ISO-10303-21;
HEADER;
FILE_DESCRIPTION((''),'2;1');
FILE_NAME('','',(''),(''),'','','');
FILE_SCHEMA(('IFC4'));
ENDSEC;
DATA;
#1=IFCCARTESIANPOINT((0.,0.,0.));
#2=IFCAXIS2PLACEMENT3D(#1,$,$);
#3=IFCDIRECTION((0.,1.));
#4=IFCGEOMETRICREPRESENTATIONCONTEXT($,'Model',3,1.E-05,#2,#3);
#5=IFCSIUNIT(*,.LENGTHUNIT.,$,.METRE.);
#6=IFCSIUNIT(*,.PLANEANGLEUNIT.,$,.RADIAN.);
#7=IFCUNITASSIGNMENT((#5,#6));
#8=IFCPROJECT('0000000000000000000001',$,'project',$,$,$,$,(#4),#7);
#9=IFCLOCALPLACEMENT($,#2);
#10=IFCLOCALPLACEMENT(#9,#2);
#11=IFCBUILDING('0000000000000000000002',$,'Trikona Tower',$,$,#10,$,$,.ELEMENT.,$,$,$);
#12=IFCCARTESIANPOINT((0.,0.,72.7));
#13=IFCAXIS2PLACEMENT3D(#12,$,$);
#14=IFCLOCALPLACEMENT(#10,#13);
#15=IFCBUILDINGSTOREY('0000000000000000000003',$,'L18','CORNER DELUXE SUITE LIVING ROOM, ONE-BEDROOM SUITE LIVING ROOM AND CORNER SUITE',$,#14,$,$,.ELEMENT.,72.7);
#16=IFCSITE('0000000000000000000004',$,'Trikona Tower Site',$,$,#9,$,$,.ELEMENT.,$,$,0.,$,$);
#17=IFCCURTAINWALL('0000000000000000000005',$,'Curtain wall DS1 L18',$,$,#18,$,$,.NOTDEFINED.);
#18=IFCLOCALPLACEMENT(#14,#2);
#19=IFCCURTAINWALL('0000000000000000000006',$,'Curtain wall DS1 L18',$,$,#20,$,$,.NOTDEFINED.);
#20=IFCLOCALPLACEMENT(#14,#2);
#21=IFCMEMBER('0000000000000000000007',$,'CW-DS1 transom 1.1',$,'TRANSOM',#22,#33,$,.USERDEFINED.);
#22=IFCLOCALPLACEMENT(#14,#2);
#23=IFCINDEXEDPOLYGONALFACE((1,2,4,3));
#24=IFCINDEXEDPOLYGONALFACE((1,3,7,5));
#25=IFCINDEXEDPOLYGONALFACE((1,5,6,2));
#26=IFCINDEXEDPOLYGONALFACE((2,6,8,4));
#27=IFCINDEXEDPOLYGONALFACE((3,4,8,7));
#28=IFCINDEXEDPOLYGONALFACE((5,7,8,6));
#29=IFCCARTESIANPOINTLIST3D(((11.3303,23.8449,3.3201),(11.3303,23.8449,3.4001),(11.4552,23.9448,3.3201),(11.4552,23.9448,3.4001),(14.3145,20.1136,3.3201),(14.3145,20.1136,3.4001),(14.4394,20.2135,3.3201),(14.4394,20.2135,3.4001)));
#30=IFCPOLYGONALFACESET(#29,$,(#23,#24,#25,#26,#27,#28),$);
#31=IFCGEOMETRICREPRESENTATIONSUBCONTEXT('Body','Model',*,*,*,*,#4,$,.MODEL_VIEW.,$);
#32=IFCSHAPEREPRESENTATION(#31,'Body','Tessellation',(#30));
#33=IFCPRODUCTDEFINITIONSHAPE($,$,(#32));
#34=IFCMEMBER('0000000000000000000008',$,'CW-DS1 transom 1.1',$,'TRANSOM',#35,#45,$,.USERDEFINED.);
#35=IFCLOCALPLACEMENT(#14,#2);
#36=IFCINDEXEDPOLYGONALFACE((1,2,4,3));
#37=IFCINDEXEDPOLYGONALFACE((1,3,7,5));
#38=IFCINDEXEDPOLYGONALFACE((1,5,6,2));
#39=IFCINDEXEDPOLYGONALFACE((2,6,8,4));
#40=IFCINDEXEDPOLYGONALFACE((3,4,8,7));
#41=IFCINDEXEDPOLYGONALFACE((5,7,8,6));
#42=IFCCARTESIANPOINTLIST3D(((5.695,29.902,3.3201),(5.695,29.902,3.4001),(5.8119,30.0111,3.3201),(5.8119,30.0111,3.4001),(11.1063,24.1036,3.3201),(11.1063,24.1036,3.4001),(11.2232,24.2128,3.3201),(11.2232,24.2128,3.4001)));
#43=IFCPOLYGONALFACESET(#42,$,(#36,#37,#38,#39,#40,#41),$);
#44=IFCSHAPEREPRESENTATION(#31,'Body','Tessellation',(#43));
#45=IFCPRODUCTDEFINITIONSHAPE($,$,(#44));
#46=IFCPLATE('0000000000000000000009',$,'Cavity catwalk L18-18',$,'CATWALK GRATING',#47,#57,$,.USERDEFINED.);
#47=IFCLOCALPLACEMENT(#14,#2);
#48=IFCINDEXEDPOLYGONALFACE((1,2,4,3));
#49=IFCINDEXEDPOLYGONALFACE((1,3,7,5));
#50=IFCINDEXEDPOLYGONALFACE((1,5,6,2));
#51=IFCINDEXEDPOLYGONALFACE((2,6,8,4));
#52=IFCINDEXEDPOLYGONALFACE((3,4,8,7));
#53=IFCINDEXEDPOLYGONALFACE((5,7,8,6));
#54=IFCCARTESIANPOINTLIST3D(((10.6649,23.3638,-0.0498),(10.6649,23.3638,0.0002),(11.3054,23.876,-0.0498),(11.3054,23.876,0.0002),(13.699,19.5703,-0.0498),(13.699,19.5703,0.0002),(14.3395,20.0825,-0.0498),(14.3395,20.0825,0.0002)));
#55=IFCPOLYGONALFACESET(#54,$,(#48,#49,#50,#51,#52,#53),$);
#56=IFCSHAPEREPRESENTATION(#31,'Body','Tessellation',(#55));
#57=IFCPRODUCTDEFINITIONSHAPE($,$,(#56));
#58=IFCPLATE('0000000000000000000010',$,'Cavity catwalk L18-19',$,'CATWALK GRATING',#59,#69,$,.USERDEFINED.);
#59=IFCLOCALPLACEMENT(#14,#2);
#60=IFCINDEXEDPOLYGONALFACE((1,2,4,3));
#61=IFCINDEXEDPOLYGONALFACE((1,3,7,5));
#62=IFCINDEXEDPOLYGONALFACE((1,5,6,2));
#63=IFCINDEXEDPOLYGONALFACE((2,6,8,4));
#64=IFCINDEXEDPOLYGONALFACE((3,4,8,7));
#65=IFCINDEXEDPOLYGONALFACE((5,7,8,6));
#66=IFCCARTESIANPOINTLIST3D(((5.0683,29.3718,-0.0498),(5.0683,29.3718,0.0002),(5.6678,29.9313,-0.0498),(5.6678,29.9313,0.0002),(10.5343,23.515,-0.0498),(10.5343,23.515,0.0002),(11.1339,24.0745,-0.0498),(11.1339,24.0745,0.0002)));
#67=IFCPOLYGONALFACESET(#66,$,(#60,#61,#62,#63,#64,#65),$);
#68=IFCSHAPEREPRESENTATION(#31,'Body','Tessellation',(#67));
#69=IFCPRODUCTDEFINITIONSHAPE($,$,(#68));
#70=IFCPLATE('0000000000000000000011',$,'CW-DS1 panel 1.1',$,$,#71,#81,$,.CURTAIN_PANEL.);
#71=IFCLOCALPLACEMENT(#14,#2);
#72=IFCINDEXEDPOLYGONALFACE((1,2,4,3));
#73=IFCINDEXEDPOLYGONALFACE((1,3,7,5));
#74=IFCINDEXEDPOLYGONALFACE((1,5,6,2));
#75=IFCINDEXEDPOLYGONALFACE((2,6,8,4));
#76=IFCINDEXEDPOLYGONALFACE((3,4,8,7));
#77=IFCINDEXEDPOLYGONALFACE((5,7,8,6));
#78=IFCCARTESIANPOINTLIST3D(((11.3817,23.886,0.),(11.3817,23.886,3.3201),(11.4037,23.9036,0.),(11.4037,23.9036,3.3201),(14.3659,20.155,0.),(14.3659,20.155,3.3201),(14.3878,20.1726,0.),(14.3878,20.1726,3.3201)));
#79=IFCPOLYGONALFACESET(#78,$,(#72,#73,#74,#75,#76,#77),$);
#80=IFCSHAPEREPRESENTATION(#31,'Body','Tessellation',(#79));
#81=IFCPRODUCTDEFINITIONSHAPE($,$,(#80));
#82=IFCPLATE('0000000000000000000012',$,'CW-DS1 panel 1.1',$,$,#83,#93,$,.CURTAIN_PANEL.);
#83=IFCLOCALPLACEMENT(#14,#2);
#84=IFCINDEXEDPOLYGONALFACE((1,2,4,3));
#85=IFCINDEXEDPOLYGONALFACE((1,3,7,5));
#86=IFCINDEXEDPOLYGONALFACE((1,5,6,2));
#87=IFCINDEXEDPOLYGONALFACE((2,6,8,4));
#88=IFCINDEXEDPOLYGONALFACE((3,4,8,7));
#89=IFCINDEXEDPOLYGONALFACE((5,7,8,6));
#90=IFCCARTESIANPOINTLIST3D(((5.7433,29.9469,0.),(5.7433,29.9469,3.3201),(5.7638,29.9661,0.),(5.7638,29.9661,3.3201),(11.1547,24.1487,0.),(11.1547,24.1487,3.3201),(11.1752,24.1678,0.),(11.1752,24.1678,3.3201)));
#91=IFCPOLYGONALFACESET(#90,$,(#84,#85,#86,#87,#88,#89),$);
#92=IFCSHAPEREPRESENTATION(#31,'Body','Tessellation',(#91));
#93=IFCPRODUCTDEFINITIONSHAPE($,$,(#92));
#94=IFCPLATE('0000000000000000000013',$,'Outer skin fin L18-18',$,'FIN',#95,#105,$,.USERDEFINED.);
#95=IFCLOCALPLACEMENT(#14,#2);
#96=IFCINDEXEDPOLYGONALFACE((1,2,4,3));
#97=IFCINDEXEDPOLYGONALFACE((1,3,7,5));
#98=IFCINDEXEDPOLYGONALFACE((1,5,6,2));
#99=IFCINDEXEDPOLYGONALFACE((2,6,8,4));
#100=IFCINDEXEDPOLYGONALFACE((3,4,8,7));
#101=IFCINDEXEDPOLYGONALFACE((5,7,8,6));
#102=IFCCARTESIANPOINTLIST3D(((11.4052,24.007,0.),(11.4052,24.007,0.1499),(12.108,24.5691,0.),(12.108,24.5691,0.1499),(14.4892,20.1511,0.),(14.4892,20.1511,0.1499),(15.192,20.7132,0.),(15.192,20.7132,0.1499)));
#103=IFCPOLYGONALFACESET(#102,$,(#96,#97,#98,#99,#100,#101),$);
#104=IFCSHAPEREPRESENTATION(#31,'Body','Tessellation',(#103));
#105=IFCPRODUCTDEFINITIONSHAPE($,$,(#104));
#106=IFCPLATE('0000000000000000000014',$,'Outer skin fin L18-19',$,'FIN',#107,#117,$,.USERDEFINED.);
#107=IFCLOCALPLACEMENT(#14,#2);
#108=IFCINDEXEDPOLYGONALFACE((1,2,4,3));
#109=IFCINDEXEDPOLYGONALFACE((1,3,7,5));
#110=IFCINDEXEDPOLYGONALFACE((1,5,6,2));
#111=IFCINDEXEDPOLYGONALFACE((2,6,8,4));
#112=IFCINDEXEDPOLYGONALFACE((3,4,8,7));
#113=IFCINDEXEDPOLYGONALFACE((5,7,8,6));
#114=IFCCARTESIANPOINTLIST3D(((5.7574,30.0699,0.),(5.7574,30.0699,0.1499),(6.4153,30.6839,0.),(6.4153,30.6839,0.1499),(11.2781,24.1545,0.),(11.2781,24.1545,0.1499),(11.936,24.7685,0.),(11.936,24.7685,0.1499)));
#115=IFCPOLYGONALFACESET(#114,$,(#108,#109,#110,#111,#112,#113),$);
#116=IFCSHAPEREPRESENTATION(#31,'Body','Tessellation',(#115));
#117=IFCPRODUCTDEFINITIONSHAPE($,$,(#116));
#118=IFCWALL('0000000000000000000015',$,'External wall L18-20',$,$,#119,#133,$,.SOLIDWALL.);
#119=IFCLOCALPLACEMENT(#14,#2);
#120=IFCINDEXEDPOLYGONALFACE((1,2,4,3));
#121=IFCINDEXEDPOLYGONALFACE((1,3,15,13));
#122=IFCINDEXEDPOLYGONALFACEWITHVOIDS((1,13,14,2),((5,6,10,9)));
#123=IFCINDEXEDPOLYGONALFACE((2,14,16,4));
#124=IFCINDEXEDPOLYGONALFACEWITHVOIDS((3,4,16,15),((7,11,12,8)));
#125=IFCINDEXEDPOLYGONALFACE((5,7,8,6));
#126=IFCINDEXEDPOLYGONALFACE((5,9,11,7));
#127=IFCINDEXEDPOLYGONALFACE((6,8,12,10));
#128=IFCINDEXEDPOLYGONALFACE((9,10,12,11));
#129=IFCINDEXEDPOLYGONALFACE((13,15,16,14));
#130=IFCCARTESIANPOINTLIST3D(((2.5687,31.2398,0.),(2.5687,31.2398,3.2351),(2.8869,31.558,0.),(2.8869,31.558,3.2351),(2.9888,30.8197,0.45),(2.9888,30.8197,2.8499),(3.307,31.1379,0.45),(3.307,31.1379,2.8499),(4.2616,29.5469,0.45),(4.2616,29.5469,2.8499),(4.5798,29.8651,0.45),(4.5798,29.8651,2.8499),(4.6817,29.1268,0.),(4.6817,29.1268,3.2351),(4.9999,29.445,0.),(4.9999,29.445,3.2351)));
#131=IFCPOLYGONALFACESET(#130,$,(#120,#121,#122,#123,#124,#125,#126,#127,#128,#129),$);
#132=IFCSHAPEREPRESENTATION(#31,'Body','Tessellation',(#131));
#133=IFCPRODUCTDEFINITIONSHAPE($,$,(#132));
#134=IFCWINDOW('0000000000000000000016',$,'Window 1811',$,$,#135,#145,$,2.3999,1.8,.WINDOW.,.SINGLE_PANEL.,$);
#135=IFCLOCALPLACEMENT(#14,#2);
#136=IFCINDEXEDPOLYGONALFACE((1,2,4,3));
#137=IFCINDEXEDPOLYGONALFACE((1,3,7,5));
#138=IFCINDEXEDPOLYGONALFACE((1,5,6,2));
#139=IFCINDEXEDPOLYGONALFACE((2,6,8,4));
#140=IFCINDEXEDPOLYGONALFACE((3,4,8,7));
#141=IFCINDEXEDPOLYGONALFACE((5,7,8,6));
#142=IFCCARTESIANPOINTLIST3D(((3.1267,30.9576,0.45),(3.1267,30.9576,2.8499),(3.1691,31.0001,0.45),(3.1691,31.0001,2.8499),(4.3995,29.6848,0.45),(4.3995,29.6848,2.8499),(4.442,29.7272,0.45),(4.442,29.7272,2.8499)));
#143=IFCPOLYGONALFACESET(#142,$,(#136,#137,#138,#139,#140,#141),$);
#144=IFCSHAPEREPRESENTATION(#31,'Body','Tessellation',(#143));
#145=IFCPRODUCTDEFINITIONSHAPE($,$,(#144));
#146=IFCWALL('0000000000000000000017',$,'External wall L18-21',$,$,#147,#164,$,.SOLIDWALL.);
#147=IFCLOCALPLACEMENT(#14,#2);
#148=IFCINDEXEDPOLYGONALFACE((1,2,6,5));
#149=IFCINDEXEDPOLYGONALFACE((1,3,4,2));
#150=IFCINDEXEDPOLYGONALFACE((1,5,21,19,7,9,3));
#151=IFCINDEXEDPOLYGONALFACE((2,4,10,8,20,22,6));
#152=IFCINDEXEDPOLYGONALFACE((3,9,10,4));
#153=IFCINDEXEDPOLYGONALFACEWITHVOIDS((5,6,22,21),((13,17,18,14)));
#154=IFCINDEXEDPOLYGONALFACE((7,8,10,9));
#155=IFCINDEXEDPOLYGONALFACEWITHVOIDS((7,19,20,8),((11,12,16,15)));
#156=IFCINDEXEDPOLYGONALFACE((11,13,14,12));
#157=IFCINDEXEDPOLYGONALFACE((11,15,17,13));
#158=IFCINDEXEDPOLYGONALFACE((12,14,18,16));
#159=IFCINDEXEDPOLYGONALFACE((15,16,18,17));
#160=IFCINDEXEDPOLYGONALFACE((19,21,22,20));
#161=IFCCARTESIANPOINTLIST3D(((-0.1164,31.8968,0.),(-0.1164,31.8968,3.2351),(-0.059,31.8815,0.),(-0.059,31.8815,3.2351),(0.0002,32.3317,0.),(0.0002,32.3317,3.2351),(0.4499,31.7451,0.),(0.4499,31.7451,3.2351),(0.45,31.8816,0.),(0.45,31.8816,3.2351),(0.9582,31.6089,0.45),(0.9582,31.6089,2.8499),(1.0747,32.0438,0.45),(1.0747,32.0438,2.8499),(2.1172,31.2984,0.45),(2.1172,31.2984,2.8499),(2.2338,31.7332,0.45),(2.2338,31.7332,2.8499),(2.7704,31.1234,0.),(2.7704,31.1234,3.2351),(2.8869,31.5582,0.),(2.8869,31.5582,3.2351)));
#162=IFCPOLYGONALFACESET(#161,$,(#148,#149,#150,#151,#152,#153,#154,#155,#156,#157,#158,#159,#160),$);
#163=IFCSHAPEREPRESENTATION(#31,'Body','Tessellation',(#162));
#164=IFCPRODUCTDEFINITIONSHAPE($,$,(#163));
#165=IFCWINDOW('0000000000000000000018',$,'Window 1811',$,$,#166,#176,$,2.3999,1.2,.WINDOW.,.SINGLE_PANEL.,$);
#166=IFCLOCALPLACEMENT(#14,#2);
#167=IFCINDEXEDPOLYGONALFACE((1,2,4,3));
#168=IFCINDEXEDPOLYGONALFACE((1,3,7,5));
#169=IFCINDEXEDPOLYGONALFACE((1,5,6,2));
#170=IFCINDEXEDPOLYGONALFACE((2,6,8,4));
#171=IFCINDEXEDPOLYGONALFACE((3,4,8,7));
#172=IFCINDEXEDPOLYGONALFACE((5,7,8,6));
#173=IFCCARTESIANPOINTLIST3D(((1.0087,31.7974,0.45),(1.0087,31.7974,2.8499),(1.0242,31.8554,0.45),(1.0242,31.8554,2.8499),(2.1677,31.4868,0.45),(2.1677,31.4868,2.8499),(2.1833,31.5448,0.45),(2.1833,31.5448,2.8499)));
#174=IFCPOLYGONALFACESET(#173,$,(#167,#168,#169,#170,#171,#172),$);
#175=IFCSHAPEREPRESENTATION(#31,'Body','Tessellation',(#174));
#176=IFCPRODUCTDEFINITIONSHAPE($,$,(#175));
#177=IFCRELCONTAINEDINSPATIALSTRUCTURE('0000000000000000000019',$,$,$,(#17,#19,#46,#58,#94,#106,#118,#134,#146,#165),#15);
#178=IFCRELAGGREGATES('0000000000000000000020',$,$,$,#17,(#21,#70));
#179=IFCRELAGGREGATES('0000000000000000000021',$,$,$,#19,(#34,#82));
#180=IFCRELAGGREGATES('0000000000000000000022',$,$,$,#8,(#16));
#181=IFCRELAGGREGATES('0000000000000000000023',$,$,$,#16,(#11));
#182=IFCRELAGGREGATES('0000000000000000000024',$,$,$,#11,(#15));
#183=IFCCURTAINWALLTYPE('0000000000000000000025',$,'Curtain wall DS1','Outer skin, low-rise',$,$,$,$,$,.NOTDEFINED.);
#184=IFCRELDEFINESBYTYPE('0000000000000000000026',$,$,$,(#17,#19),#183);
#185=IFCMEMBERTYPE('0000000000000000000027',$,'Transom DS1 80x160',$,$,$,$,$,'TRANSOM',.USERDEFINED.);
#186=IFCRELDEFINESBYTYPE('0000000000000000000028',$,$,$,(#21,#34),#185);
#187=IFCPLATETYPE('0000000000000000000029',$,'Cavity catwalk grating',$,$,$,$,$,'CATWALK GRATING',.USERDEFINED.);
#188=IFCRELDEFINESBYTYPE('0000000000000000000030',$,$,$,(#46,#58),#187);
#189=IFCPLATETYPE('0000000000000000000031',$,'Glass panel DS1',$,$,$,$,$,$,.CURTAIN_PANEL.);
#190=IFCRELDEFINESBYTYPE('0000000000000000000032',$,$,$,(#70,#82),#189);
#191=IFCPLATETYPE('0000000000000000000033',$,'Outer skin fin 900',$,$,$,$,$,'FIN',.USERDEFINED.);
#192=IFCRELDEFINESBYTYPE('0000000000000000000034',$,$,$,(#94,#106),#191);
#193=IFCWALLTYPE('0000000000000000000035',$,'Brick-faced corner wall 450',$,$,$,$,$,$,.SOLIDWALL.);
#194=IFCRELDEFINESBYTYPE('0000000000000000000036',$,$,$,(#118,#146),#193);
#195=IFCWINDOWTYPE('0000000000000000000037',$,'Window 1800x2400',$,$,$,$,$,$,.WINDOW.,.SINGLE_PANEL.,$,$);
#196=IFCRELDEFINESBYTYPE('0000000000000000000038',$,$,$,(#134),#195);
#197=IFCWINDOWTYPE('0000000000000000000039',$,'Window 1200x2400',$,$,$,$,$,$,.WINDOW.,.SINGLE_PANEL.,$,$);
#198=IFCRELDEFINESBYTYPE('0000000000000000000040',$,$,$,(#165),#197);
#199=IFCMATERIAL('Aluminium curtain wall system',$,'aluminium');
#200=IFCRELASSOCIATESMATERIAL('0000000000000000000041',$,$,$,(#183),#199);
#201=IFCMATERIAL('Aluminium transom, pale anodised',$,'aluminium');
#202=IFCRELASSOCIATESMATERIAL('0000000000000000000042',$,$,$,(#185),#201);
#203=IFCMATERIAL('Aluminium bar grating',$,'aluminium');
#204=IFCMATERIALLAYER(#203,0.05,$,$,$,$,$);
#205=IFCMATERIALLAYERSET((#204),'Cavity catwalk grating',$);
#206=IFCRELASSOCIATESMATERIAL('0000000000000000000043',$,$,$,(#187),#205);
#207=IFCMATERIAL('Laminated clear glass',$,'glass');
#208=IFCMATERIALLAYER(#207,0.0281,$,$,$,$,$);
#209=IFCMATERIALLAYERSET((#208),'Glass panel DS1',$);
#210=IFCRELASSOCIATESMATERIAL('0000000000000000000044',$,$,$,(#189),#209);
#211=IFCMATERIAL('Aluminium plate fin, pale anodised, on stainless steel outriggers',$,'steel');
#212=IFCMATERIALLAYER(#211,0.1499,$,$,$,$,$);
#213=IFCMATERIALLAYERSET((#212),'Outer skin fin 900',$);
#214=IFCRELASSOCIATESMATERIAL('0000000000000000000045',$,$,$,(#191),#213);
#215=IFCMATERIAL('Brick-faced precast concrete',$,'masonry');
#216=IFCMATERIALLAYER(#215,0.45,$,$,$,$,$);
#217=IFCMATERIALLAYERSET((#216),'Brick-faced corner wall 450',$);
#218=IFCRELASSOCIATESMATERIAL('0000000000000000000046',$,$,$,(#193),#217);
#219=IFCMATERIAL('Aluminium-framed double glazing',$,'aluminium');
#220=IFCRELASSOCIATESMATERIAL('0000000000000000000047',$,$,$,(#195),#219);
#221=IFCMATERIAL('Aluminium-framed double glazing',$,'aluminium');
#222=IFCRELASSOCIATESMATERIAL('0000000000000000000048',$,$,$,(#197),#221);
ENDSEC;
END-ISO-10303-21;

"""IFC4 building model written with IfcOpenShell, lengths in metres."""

from ifc_helpers import new_model, si_unit, direction, frame, frame_2d, origin, origin_2d, place, context, subcontext, project, spatial, polyline, rectangle, outline, extrude, material, layer, layer_set, material_profile, profile_set, type_object, element, fill, aggregate, save


model = new_model("IFC4")

# Units and contexts
model_context = context("Model", 3, precision=1e-05, world=origin(), true_north=direction((0.0, 1.0)))
body_context = subcontext(model_context, "Body", "Model", "MODEL_VIEW")
ifc_project = project(units=[si_unit("LENGTHUNIT", "METRE"), si_unit("PLANEANGLEUNIT", "RADIAN")], contexts=[model_context])

# Site, building, storey
site_placement = place(None, origin())
site = spatial("IfcSite", under=ifc_project, at=site_placement, Name="Trikona Tower Site", CompositionType="ELEMENT", RefElevation=0.0)
building_placement = place(site_placement, origin())
building = spatial("IfcBuilding", under=site, at=building_placement, Name="Trikona Tower", CompositionType="ELEMENT")
storey_placement = place(building_placement, frame((0.0, 0.0, 72.7)))
storey = spatial("IfcBuildingStorey", under=building, at=storey_placement, Name="L18", Description="CORNER DELUXE SUITE LIVING ROOM, ONE-BEDROOM SUITE LIVING ROOM AND CORNER SUITE", CompositionType="ELEMENT", Elevation=72.7)

# Shared definitions
ifc_material_1 = material(Name="Aluminium curtain wall system", Category="aluminium")
curtain_wall_type = type_object("IfcCurtainWallType", Name="Curtain wall DS1", Description="Outer skin, low-rise", PredefinedType="NOTDEFINED", material=ifc_material_1)

# Curtain walls
curtain_wall_1_placement = place(storey_placement, origin())
curtain_wall_1 = element("IfcCurtainWall", 1, at=curtain_wall_1_placement, inside=storey, type_object=curtain_wall_type, Name="Curtain wall DS1 L18", PredefinedType="NOTDEFINED")
curtain_wall_2_placement = place(storey_placement, origin())
curtain_wall_2 = element("IfcCurtainWall", 2, at=curtain_wall_2_placement, inside=storey, type_object=curtain_wall_type, Name="Curtain wall DS1 L18", PredefinedType="NOTDEFINED")

# Members
ifc_material_2 = material(Name="Aluminium transom, pale anodised", Category="aluminium")
ifc_material_profile_1 = material_profile(ifc_material_2, rectangle(XDim=0.1599, YDim=0.0801, at=origin_2d()), Name="TRN-DS1")
ifc_profile_set_1 = profile_set([ifc_material_profile_1], Name="Aluminium transom, pale anodised")
member_type_1 = type_object("IfcMemberType", Name="Transom DS1 80x160", ElementType="TRANSOM", PredefinedType="USERDEFINED", material=ifc_profile_set_1)
member_1_placement = place(storey_placement, frame((14.377, 20.1636, 3.3601), z_axis=(-0.624589, 0.780954, 0.0), x_axis=(-0.780954, -0.624589, 0.0)))
member_1 = element("IfcMember", 3, at=member_1_placement, type_object=member_type_1, Name="CW-DS1 transom 1.1", ObjectType="TRANSOM", PredefinedType="USERDEFINED", context=body_context, shape_type="SweptSolid", body=[
    extrude(rectangle(XDim=0.1599, YDim=0.0801, at=origin_2d()), origin(), (0.0, 0.0, 1.0), 4.7778),
])
member_2_placement = place(storey_placement, frame((11.1648, 24.1582, 3.3601), z_axis=(-0.682291, 0.731081, 0.0), x_axis=(-0.731081, -0.682291, 0.0)))
member_2 = element("IfcMember", 4, at=member_2_placement, type_object=member_type_1, Name="CW-DS1 transom 1.1", ObjectType="TRANSOM", PredefinedType="USERDEFINED", context=body_context, shape_type="SweptSolid", body=[
    extrude(rectangle(XDim=0.1599, YDim=0.0801, at=origin_2d()), origin(), (0.0, 0.0, 1.0), 7.9312),
])

# Plates
ifc_material_3 = material(Name="Aluminium bar grating", Category="aluminium")
ifc_layer_1 = layer(ifc_material_3, 0.05)
ifc_layer_set_1 = layer_set([ifc_layer_1], Name="Cavity catwalk grating")
plate_type_1 = type_object("IfcPlateType", Name="Cavity catwalk grating", ElementType="CATWALK GRATING", PredefinedType="USERDEFINED", material=ifc_layer_set_1)
plate_1_placement = place(storey_placement, frame((12.5022, 21.7231, -0.0498), z_axis=(0.0, 0.0, 1.0), x_axis=(-0.624604, 0.780942, 0.0)))
element("IfcPlate", 5, at=plate_1_placement, inside=storey, type_object=plate_type_1, Name="Cavity catwalk L18-18", ObjectType="CATWALK GRATING", PredefinedType="USERDEFINED", context=body_context, shape_type="SweptSolid", body=[
    extrude(rectangle(XDim=4.8577, YDim=0.8201, at=origin_2d()), origin(), (0.0, 0.0, 1.0), 0.05),
])
plate_2_placement = place(storey_placement, frame((8.1011, 26.7231, -0.0498), z_axis=(0.0, 0.0, 1.0), x_axis=(-0.682298, 0.731074, 0.0)))
element("IfcPlate", 6, at=plate_2_placement, inside=storey, type_object=plate_type_1, Name="Cavity catwalk L18-19", ObjectType="CATWALK GRATING", PredefinedType="USERDEFINED", context=body_context, shape_type="SweptSolid", body=[
    extrude(rectangle(XDim=8.0112, YDim=0.8201, at=origin_2d()), origin(), (0.0, 0.0, 1.0), 0.05),
])

# Plates
ifc_material_4 = material(Name="Laminated clear glass", Category="glass")
ifc_layer_2 = layer(ifc_material_4, 0.0281)
ifc_layer_set_2 = layer_set([ifc_layer_2], Name="Glass panel DS1")
plate_type_2 = type_object("IfcPlateType", Name="Glass panel DS1", PredefinedType="CURTAIN_PANEL", material=ifc_layer_set_2)
plate_3_placement = place(storey_placement, frame((12.8848, 22.0293, 0.0), z_axis=(0.0, 0.0, 1.0), x_axis=(-0.624609, 0.780938, 0.0)))
plate_3 = element("IfcPlate", 7, at=plate_3_placement, type_object=plate_type_2, Name="CW-DS1 panel 1.1", PredefinedType="CURTAIN_PANEL", context=body_context, shape_type="SweptSolid", body=[
    extrude(rectangle(XDim=4.7776, YDim=0.0281, at=origin_2d()), origin(), (0.0, 0.0, 1.0), 3.3201),
])
aggregate(curtain_wall_1, [member_1, plate_3])
plate_4_placement = place(storey_placement, frame((8.4592, 27.0574, 0.0), z_axis=(0.0, 0.0, 1.0), x_axis=(-0.682295, 0.731077, 0.0)))
plate_4 = element("IfcPlate", 8, at=plate_4_placement, type_object=plate_type_2, Name="CW-DS1 panel 1.1", PredefinedType="CURTAIN_PANEL", context=body_context, shape_type="SweptSolid", body=[
    extrude(rectangle(XDim=7.9312, YDim=0.0281, at=origin_2d()), origin(), (0.0, 0.0, 1.0), 3.3201),
])
aggregate(curtain_wall_2, [member_2, plate_4])

# Plates
ifc_material_5 = material(Name="Aluminium plate fin, pale anodised, on stainless steel outriggers", Category="steel")
ifc_layer_3 = layer(ifc_material_5, 0.1499)
ifc_layer_set_3 = layer_set([ifc_layer_3], Name="Outer skin fin 900")
plate_type_3 = type_object("IfcPlateType", Name="Outer skin fin 900", ElementType="FIN", PredefinedType="USERDEFINED", material=ifc_layer_set_3)
plate_5_placement = place(storey_placement, frame((13.2986, 22.3601, 0.0), z_axis=(0.0, 0.0, 1.0), x_axis=(-0.624604, 0.780942, 0.0)))
element("IfcPlate", 9, at=plate_5_placement, inside=storey, type_object=plate_type_3, Name="Outer skin fin L18-18", ObjectType="FIN", PredefinedType="USERDEFINED", context=body_context, shape_type="SweptSolid", body=[
    extrude(rectangle(XDim=4.9375, YDim=0.8999, at=origin_2d()), origin(), (0.0, 0.0, 1.0), 0.1499),
])
plate_6_placement = place(storey_placement, frame((8.8467, 27.4192, 0.0), z_axis=(0.0, 0.0, 1.0), x_axis=(-0.682298, 0.731074, 0.0)))
element("IfcPlate", 10, at=plate_6_placement, inside=storey, type_object=plate_type_3, Name="Outer skin fin L18-19", ObjectType="FIN", PredefinedType="USERDEFINED", context=body_context, shape_type="SweptSolid", body=[
    extrude(rectangle(XDim=8.0913, YDim=0.8999, at=origin_2d()), origin(), (0.0, 0.0, 1.0), 0.1499),
])

# Walls, openings, windows
ifc_material_6 = material(Name="Brick-faced precast concrete", Category="masonry")
ifc_layer_4 = layer(ifc_material_6, 0.45)
ifc_layer_set_4 = layer_set([ifc_layer_4], Name="Brick-faced corner wall 450")
wall_type_1 = type_object("IfcWallType", Name="Brick-faced corner wall 450", PredefinedType="SOLIDWALL", material=ifc_layer_set_4)
wall_1_placement = place(storey_placement, frame((4.8408, 29.2859, 0.0), z_axis=(0.0, 0.0, 1.0), x_axis=(-0.707107, 0.707107, 0.0)))
wall_1 = element("IfcWall", 11, at=wall_1_placement, inside=storey, type_object=wall_type_1, Name="External wall L18-20", PredefinedType="SOLIDWALL", context=body_context, shape_type="SweptSolid", body=[
    extrude(rectangle(XDim=2.9883, YDim=0.45, at=frame_2d((1.4941, 0.0))), origin(), (0.0, 0.0, 1.0), 3.2351),
])
opening_1_placement = place(wall_1_placement, frame((0.5942, 0.0, 0.45)))
opening_1 = element("IfcOpeningElement", 12, at=opening_1_placement, cuts=wall_1, PredefinedType="OPENING", context=body_context, shape_type="SweptSolid", body=[
    extrude(rectangle(XDim=1.8, YDim=2.3999, at=frame_2d((0.8999, 1.2))), frame((0.0, 0.2349, 0.0), z_axis=(0.0, -1.0, 0.0), x_axis=(1.0, 0.0, 0.0)), (0.0, 0.0, 1.0), 0.47),
])
ifc_material_7 = material(Name="Aluminium-framed double glazing", Category="aluminium")
window_type_1 = type_object("IfcWindowType", Name="Window 1800x2400", PartitioningType="SINGLE_PANEL", PredefinedType="WINDOW", material=ifc_material_7)
window_1_placement = place(opening_1_placement, origin())
window_1 = element("IfcWindow", 13, at=window_1_placement, inside=storey, type_object=window_type_1, Name="Window 1811", OverallHeight=2.3999, OverallWidth=1.8, PartitioningType="SINGLE_PANEL", PredefinedType="WINDOW", context=body_context, shape_type="SweptSolid", body=[
    extrude(rectangle(XDim=1.8, YDim=2.3999, at=frame_2d((0.8999, 1.2))), frame((0.0, 0.03, 0.0), z_axis=(0.0, -1.0, 0.0), x_axis=(1.0, 0.0, 0.0)), (0.0, 0.0, 1.0), 0.0601),
])
fill(opening_1, window_1)
wall_2_placement = place(storey_placement, frame((2.8286, 31.3408, 0.0), z_axis=(0.0, 0.0, 1.0), x_axis=(-0.965931, 0.258801, 0.0)))
wall_2 = element("IfcWall", 14, at=wall_2_placement, inside=storey, type_object=wall_type_1, Name="External wall L18-21", PredefinedType="SOLIDWALL", context=body_context, shape_type="SweptSolid", body=[
    extrude(outline(polyline([(2.9885, 0.2251), (2.9292, 0.2251), (2.4375, 0.0933), (2.4023, 0.2251), (0.0, 0.2251), (0.0, -0.2251), (2.9885, -0.2251), (2.9885, 0.2251)])), origin(), (0.0, 0.0, 1.0), 3.2351),
])
opening_2_placement = place(wall_2_placement, frame((0.676, 0.0, 0.45)))
opening_2 = element("IfcOpeningElement", 15, at=opening_2_placement, cuts=wall_2, PredefinedType="OPENING", context=body_context, shape_type="SweptSolid", body=[
    extrude(rectangle(XDim=1.2, YDim=2.3999, at=frame_2d((0.6001, 1.2))), frame((0.0, 0.2349, 0.0), z_axis=(0.0, -1.0, 0.0), x_axis=(1.0, 0.0, 0.0)), (0.0, 0.0, 1.0), 0.47),
])
ifc_material_8 = material(Name="Aluminium-framed double glazing", Category="aluminium")
window_type_2 = type_object("IfcWindowType", Name="Window 1200x2400", PartitioningType="SINGLE_PANEL", PredefinedType="WINDOW", material=ifc_material_8)
window_2_placement = place(opening_2_placement, origin())
window_2 = element("IfcWindow", 16, at=window_2_placement, inside=storey, type_object=window_type_2, Name="Window 1811", OverallHeight=2.3999, OverallWidth=1.2, PartitioningType="SINGLE_PANEL", PredefinedType="WINDOW", context=body_context, shape_type="SweptSolid", body=[
    extrude(rectangle(XDim=1.2, YDim=2.3999, at=frame_2d((0.6001, 1.2))), frame((0.0, 0.03, 0.0), z_axis=(0.0, -1.0, 0.0), x_axis=(1.0, 0.0, 0.0)), (0.0, 0.0, 1.0), 0.0601),
])
fill(opening_2, window_2)

save(model, "model.ifc")
